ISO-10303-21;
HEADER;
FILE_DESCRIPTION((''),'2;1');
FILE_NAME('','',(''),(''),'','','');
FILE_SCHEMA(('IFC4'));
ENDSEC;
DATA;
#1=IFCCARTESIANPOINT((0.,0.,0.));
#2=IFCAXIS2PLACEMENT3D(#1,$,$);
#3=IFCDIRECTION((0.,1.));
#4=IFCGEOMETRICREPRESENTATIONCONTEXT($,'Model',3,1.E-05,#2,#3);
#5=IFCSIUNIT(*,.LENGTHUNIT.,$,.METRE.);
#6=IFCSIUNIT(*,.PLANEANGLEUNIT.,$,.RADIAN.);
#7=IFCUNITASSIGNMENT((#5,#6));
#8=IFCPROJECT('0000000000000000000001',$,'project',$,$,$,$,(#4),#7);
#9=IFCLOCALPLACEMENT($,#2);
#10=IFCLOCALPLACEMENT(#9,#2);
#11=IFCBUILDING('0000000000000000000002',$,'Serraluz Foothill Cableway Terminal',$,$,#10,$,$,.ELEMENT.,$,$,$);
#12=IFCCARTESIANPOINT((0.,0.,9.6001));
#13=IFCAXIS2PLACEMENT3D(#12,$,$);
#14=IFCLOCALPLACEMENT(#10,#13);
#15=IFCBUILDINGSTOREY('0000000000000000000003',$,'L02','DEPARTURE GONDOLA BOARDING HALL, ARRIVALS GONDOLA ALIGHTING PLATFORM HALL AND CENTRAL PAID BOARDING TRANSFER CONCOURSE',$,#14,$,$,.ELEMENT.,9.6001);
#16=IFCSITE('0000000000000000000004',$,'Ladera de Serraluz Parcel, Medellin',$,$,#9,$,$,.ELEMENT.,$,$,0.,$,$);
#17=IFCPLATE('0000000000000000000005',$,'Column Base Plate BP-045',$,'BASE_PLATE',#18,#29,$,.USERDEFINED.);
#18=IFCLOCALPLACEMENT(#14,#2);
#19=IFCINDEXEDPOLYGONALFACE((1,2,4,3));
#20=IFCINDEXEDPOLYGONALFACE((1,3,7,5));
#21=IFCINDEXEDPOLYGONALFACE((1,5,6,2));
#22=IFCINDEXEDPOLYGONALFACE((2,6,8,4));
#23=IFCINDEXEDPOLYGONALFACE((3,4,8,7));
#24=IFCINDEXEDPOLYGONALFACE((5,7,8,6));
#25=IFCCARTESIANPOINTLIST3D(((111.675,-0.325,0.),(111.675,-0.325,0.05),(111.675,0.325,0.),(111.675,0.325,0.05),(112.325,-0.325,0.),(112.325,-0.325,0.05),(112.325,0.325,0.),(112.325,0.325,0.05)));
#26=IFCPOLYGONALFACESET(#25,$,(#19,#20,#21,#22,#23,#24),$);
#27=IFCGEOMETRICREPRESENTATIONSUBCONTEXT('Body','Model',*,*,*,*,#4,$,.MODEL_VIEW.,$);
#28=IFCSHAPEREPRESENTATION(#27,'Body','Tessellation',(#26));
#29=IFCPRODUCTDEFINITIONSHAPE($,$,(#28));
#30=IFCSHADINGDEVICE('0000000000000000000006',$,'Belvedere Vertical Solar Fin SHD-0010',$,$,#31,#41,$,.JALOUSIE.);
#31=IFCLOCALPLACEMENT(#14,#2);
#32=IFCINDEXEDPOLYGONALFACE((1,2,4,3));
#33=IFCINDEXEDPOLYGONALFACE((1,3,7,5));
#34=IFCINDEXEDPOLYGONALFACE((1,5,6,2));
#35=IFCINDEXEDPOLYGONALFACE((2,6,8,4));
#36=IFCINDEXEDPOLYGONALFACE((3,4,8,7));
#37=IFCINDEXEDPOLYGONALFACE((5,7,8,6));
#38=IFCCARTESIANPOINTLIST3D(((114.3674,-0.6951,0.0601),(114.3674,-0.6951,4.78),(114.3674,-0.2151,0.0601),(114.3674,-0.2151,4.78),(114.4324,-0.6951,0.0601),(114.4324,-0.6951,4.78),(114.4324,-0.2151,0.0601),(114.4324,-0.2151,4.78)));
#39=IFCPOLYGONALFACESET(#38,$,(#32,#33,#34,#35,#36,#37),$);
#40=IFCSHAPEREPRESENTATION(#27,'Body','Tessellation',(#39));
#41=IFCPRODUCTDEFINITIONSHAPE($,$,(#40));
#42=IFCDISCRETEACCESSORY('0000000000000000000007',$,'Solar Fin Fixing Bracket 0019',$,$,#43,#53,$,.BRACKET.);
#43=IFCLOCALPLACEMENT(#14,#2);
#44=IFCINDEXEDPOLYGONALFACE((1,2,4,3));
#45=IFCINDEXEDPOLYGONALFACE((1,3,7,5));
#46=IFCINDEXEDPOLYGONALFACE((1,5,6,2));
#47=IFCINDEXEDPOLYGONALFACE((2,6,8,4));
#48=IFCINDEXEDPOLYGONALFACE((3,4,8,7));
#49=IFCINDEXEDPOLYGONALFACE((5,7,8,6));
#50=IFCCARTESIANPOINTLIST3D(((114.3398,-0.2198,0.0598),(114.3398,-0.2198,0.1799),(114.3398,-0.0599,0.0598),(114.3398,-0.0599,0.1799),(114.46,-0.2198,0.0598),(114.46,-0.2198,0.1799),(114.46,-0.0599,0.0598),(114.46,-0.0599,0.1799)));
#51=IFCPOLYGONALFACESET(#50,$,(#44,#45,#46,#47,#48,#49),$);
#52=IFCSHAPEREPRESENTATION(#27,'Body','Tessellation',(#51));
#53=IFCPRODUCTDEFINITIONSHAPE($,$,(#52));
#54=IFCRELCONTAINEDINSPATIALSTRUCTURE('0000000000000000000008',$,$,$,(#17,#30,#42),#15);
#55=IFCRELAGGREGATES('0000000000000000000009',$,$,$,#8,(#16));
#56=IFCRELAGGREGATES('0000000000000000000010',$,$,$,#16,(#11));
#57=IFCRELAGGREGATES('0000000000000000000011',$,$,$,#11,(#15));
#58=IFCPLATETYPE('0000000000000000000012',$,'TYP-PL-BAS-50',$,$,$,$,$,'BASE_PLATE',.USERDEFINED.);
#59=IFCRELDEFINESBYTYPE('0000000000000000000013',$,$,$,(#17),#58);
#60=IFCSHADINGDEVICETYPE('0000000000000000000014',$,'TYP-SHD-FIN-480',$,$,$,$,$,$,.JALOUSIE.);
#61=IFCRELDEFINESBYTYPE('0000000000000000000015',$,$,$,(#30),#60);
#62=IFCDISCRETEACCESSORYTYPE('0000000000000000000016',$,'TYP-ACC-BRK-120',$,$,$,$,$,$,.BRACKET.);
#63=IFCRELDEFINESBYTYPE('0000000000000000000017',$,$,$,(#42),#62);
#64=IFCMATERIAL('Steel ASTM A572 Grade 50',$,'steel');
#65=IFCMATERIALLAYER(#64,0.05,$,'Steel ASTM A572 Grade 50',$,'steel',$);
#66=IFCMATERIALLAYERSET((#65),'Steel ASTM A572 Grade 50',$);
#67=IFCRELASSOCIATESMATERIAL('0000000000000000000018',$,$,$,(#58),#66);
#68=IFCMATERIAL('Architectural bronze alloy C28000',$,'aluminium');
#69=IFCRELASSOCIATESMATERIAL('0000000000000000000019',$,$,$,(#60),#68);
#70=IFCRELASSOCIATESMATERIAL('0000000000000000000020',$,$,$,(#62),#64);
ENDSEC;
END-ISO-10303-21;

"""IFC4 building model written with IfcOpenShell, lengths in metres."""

from ifc_helpers import new_model, si_unit, direction, frame, origin, origin_2d, place, context, subcontext, project, spatial, rectangle, extrude, material, layer, layer_set, type_object, element, save


model = new_model("IFC4")

# Units and contexts
model_context = context("Model", 3, precision=1e-05, world=origin(), true_north=direction((0.0, 1.0)))
body_context = subcontext(model_context, "Body", "Model", "MODEL_VIEW")
ifc_project = project(units=[si_unit("LENGTHUNIT", "METRE"), si_unit("PLANEANGLEUNIT", "RADIAN")], contexts=[model_context])

# Site, building, storey
site_placement = place(None, origin())
site = spatial("IfcSite", under=ifc_project, at=site_placement, Name="Ladera de Serraluz Parcel, Medellin", CompositionType="ELEMENT", RefElevation=0.0)
building_placement = place(site_placement, origin())
building = spatial("IfcBuilding", under=site, at=building_placement, Name="Serraluz Foothill Cableway Terminal", CompositionType="ELEMENT")
storey_placement = place(building_placement, frame((0.0, 0.0, 9.6001)))
storey = spatial("IfcBuildingStorey", under=building, at=storey_placement, Name="L02", Description="DEPARTURE GONDOLA BOARDING HALL, ARRIVALS GONDOLA ALIGHTING PLATFORM HALL AND CENTRAL PAID BOARDING TRANSFER CONCOURSE", CompositionType="ELEMENT", Elevation=9.6001)

# Shared definitions
ifc_material_1 = material(Name="Architectural bronze alloy C28000", Category="aluminium")

# Plate
ifc_material_2 = material(Name="Steel ASTM A572 Grade 50", Category="steel")
ifc_layer_1 = layer(ifc_material_2, 0.05, Name="Steel ASTM A572 Grade 50", Category="steel")
ifc_layer_set_1 = layer_set([ifc_layer_1], Name="Steel ASTM A572 Grade 50")
plate_type_1 = type_object("IfcPlateType", Name="TYP-PL-BAS-50", ElementType="BASE_PLATE", PredefinedType="USERDEFINED", material=ifc_layer_set_1)
plate_1_placement = place(storey_placement, frame((112.0, 0.0, 0.0), z_axis=(0.0, 0.0, 1.0), x_axis=(1.0, 0.0, 0.0)))
element("IfcPlate", 1, at=plate_1_placement, inside=storey, type_object=plate_type_1, Name="Column Base Plate BP-045", ObjectType="BASE_PLATE", PredefinedType="USERDEFINED", context=body_context, shape_type="SweptSolid", body=[
    extrude(rectangle(XDim=0.6499, YDim=0.6499, at=origin_2d()), origin(), (0.0, 0.0, 1.0), 0.05),
])

# Shading device
shading_device_type = type_object("IfcShadingDeviceType", Name="TYP-SHD-FIN-480", PredefinedType="JALOUSIE", material=ifc_material_1)
shading_device_placement = place(storey_placement, frame((114.3999, -0.4551, 0.0601), z_axis=(0.0, 0.0, 1.0), x_axis=(1.0, 0.0, 0.0)))
element("IfcShadingDevice", 2, at=shading_device_placement, inside=storey, type_object=shading_device_type, Name="Belvedere Vertical Solar Fin SHD-0010", PredefinedType="JALOUSIE", context=body_context, shape_type="SweptSolid", body=[
    extrude(rectangle(XDim=0.0649, YDim=0.48, at=origin_2d()), origin(), (0.0, 0.0, 1.0), 4.72),
])

# Discrete accessory
discrete_accessory_type = type_object("IfcDiscreteAccessoryType", Name="TYP-ACC-BRK-120", PredefinedType="BRACKET", material=ifc_material_2)
discrete_accessory_placement = place(storey_placement, frame((114.3999, -0.1399, 0.0598), z_axis=(0.0, 0.0, 1.0), x_axis=(1.0, 0.0, 0.0)))
element("IfcDiscreteAccessory", 3, at=discrete_accessory_placement, inside=storey, type_object=discrete_accessory_type, Name="Solar Fin Fixing Bracket 0019", PredefinedType="BRACKET", context=body_context, shape_type="SweptSolid", body=[
    extrude(rectangle(XDim=0.1201, YDim=0.1599, at=origin_2d()), origin(), (0.0, 0.0, 1.0), 0.1201),
])

save(model, "model.ifc")
